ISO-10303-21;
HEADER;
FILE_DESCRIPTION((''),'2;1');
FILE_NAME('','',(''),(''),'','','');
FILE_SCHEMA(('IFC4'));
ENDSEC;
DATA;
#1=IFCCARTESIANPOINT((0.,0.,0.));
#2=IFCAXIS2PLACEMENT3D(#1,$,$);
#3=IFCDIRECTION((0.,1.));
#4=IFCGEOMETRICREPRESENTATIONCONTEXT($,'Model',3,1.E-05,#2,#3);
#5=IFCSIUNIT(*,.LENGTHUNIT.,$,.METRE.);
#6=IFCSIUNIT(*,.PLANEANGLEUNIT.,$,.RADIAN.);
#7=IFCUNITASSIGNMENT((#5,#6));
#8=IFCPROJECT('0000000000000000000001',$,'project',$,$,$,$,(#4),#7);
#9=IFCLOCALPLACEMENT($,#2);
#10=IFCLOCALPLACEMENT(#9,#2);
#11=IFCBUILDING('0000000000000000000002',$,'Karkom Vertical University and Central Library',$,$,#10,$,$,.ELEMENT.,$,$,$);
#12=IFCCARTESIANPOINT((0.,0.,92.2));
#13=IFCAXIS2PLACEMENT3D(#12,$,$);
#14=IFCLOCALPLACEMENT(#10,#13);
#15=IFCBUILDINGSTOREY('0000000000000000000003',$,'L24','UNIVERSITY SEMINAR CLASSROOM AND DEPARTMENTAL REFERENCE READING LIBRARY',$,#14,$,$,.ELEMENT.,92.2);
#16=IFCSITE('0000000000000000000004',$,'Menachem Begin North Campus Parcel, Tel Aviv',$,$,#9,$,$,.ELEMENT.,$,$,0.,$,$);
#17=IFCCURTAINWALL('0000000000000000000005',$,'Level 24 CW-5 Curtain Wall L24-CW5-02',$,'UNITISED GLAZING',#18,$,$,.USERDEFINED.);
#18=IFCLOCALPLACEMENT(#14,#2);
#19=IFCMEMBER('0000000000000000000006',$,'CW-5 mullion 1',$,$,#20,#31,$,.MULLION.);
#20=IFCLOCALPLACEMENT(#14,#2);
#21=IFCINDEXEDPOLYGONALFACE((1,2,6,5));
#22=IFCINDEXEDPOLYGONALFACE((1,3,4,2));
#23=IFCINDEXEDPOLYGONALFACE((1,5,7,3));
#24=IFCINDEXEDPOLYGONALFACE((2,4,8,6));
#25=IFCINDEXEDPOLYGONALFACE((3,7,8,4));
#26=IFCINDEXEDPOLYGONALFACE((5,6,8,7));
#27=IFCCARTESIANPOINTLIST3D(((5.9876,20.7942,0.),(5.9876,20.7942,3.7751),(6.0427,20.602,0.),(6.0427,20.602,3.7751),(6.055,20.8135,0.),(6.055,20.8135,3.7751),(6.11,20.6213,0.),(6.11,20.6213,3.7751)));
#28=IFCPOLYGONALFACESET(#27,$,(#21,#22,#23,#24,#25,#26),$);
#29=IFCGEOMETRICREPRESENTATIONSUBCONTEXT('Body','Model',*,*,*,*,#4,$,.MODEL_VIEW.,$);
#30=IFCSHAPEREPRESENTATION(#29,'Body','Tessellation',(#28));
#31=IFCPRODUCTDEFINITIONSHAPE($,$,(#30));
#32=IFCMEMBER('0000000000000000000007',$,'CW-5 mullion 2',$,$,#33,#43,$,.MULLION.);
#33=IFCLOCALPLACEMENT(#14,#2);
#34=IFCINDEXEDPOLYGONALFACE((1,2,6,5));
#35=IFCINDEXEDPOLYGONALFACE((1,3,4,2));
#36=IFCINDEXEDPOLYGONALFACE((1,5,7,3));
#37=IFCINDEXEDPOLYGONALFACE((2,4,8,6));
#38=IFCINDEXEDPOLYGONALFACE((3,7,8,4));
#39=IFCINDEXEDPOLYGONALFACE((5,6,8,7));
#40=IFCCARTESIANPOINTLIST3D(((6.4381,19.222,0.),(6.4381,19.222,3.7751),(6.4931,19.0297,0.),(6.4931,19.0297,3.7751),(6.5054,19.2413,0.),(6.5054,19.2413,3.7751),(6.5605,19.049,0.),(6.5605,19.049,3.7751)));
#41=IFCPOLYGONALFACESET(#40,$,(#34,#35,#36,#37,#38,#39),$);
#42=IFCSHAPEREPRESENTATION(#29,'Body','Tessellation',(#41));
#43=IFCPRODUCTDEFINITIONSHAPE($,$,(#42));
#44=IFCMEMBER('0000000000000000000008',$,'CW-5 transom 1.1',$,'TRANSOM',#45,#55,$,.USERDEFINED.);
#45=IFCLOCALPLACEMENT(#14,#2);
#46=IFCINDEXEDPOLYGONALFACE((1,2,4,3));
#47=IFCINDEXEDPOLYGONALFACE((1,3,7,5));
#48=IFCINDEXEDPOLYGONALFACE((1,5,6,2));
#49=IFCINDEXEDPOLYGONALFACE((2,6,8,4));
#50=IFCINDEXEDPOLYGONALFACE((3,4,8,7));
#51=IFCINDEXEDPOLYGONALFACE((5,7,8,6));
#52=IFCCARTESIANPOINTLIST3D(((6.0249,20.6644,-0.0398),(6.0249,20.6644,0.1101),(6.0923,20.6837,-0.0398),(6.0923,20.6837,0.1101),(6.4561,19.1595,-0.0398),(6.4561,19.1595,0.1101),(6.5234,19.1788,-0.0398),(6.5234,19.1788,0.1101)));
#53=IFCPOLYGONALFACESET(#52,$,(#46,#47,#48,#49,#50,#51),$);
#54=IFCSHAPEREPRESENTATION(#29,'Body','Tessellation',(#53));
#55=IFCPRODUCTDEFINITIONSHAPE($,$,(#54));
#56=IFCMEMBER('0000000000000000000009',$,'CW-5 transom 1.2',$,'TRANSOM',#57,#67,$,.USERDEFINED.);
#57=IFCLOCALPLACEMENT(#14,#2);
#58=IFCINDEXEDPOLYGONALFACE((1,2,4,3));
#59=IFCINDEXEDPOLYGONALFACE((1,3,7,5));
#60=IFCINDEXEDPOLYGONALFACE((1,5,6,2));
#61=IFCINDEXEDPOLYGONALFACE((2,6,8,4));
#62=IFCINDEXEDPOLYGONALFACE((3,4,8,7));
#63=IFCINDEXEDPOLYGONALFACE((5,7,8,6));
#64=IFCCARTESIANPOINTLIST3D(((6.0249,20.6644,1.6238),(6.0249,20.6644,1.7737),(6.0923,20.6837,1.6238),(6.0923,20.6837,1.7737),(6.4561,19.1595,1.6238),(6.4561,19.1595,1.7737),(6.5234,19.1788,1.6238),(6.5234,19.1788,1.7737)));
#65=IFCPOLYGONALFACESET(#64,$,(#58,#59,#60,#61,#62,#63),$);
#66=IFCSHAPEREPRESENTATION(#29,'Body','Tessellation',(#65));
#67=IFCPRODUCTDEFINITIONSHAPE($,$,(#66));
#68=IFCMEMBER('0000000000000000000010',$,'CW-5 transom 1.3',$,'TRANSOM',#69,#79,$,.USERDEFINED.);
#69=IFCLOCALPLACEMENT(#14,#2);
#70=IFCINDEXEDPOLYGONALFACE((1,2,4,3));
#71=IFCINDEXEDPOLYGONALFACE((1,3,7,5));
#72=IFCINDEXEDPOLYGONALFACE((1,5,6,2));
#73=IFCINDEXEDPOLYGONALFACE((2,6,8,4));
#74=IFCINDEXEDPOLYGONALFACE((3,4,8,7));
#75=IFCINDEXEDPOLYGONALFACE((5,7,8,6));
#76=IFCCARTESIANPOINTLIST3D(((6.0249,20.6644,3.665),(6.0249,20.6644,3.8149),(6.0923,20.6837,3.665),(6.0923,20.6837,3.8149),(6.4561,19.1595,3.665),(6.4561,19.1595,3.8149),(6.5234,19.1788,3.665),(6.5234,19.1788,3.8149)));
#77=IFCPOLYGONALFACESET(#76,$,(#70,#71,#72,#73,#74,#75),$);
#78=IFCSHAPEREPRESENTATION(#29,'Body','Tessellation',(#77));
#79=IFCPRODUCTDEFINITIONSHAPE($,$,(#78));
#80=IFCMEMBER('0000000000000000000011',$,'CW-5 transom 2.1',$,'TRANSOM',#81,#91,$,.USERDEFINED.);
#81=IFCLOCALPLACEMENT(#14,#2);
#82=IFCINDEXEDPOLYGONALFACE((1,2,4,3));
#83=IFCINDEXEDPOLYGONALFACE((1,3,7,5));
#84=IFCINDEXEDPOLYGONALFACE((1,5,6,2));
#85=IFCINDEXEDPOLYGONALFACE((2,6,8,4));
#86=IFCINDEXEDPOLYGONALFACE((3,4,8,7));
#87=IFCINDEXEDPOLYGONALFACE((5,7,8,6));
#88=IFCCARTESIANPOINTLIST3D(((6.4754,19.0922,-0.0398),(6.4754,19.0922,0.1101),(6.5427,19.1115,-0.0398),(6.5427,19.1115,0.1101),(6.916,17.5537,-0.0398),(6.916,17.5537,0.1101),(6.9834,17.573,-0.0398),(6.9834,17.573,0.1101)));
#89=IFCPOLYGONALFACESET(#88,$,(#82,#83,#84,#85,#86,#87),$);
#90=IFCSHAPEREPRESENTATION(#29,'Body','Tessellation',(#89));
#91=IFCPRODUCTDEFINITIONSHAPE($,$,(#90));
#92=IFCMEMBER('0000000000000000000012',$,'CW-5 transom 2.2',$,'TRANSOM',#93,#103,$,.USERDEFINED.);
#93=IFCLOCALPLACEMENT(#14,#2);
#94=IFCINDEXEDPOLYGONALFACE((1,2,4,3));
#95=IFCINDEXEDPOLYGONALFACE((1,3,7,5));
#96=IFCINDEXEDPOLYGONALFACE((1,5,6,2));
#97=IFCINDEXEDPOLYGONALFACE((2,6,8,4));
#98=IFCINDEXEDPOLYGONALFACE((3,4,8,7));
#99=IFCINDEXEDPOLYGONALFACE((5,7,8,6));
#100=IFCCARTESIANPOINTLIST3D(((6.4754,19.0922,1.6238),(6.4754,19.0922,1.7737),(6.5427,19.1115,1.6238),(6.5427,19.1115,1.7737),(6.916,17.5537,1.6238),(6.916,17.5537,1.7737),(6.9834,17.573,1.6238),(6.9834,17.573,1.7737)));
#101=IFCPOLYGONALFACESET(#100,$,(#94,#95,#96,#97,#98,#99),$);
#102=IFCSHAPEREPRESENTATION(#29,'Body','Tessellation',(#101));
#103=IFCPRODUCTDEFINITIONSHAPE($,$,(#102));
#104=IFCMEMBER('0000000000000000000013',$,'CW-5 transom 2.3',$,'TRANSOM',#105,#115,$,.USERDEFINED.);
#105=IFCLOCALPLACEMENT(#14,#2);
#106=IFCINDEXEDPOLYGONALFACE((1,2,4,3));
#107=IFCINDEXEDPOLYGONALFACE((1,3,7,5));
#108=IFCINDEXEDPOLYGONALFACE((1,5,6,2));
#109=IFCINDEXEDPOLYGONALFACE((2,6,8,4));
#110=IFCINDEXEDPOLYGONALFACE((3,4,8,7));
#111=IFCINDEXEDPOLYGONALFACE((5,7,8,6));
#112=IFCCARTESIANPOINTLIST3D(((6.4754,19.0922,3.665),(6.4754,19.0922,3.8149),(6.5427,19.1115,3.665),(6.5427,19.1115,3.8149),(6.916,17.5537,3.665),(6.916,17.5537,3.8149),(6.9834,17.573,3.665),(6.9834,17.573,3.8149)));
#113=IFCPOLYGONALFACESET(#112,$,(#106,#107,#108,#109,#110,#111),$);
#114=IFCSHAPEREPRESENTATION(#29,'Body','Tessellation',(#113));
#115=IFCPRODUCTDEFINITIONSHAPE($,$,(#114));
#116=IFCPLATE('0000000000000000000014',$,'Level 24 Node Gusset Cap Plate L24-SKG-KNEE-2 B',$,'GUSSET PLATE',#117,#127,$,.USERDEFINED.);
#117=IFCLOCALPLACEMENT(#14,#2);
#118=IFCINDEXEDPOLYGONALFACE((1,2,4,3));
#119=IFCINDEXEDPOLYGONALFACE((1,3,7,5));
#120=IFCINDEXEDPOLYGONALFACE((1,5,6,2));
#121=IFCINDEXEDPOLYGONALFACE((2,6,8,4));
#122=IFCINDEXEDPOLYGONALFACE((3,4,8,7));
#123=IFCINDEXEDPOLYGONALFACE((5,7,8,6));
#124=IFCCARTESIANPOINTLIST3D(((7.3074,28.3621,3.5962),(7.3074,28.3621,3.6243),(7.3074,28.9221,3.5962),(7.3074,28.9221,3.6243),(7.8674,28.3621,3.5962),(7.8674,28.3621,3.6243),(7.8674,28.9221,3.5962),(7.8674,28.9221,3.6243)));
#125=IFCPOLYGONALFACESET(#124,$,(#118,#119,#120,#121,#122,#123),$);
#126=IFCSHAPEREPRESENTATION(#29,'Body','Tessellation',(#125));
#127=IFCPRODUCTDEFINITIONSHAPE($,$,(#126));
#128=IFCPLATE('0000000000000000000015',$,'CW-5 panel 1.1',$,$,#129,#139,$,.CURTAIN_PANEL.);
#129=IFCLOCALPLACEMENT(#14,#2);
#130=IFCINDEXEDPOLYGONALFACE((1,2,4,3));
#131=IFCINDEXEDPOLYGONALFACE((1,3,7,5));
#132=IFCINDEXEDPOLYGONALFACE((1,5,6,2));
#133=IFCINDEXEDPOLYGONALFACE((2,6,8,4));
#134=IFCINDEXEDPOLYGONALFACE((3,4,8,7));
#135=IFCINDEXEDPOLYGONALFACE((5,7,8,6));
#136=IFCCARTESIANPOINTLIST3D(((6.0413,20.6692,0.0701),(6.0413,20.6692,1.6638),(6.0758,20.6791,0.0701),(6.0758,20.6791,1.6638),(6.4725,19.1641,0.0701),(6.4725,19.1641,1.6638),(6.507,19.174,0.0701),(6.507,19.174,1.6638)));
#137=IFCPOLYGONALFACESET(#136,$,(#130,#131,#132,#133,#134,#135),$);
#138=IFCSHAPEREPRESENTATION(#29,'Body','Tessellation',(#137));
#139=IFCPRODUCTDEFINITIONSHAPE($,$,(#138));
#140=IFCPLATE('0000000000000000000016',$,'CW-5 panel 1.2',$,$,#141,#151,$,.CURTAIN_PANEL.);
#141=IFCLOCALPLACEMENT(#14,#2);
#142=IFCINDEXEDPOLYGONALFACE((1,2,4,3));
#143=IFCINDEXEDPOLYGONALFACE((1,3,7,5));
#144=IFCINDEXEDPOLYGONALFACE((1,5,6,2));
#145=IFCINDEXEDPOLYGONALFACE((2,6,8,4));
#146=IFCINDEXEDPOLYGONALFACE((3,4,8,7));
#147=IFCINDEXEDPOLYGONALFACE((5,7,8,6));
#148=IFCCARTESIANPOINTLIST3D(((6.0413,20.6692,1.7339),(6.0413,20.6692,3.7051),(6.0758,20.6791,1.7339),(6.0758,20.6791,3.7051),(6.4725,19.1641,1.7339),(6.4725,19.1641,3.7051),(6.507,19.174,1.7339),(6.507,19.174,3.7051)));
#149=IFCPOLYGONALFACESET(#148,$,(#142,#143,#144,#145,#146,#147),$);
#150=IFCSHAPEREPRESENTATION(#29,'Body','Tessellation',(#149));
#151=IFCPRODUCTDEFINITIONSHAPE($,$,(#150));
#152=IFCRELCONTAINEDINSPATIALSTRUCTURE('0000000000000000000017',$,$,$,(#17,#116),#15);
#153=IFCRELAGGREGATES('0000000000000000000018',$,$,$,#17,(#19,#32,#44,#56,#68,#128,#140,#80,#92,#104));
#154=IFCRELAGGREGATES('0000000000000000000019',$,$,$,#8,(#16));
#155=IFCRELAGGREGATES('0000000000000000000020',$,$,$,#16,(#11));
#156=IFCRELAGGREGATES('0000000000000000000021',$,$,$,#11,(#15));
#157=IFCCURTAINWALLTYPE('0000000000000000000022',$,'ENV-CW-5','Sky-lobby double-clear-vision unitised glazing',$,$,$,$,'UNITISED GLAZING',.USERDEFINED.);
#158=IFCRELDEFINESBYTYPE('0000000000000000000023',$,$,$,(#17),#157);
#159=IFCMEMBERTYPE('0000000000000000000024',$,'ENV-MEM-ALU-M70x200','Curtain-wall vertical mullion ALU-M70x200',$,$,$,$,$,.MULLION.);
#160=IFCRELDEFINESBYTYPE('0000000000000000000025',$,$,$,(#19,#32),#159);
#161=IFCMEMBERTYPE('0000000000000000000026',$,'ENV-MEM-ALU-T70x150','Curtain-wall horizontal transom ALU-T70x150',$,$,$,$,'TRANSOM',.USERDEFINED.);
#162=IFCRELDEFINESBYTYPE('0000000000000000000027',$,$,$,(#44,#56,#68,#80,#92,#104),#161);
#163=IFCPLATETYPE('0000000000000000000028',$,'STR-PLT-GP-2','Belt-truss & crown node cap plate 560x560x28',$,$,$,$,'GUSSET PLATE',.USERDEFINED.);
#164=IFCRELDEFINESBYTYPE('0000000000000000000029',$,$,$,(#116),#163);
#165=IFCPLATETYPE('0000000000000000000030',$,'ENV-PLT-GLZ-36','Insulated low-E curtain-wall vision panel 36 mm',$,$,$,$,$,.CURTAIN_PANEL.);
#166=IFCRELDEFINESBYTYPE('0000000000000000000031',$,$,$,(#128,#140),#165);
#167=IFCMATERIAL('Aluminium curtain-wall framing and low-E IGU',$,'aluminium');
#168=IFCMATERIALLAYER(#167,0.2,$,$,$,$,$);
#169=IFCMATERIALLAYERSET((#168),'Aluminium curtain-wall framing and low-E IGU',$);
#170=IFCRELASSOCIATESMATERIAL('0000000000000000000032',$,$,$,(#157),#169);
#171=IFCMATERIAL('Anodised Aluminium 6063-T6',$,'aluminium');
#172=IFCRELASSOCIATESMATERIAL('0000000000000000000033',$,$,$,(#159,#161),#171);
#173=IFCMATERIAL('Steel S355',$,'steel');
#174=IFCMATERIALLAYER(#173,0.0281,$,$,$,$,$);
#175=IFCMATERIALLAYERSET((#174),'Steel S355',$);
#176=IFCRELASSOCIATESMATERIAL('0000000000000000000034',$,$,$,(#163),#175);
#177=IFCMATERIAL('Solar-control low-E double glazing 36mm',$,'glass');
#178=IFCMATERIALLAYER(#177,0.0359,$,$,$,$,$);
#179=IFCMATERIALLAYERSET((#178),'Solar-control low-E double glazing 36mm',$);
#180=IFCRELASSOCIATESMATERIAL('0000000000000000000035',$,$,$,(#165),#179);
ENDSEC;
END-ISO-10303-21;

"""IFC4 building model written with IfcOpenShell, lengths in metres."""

from ifc_helpers import new_model, si_unit, direction, frame, origin, origin_with_axes, origin_2d, place, context, subcontext, project, spatial, rectangle, extrude, source, transform, mapped, material, layer, layer_set, material_profile, profile_set, type_object, element, aggregate, save


model = new_model("IFC4")

# Units and contexts
model_context = context("Model", 3, precision=1e-05, world=origin(), true_north=direction((0.0, 1.0)))
body_context = subcontext(model_context, "Body", "Model", "MODEL_VIEW")
ifc_project = project(units=[si_unit("LENGTHUNIT", "METRE"), si_unit("PLANEANGLEUNIT", "RADIAN")], contexts=[model_context])

# Site, building, storey
site_placement = place(None, origin())
site = spatial("IfcSite", under=ifc_project, at=site_placement, Name="Menachem Begin North Campus Parcel, Tel Aviv", CompositionType="ELEMENT", RefElevation=0.0)
building_placement = place(site_placement, origin())
building = spatial("IfcBuilding", under=site, at=building_placement, Name="Karkom Vertical University and Central Library", CompositionType="ELEMENT")
storey_placement = place(building_placement, frame((0.0, 0.0, 92.2)))
storey = spatial("IfcBuildingStorey", under=building, at=storey_placement, Name="L24", Description="UNIVERSITY SEMINAR CLASSROOM AND DEPARTMENTAL REFERENCE READING LIBRARY", CompositionType="ELEMENT", Elevation=92.2)

# Curtain wall, members
ifc_material_1 = material(Name="Aluminium curtain-wall framing and low-E IGU", Category="aluminium")
ifc_layer_1 = layer(ifc_material_1, 0.2)
ifc_layer_set_1 = layer_set([ifc_layer_1], Name="Aluminium curtain-wall framing and low-E IGU")
curtain_wall_type = type_object("IfcCurtainWallType", Name="ENV-CW-5", Description="Sky-lobby double-clear-vision unitised glazing", ElementType="UNITISED GLAZING", PredefinedType="USERDEFINED", material=ifc_layer_set_1)
curtain_wall_placement = place(storey_placement, origin())
curtain_wall = element("IfcCurtainWall", 1, at=curtain_wall_placement, inside=storey, type_object=curtain_wall_type, Name="Level 24 CW-5 Curtain Wall L24-CW5-02", ObjectType="UNITISED GLAZING", PredefinedType="USERDEFINED")
ifc_material_2 = material(Name="Anodised Aluminium 6063-T6", Category="aluminium")
ifc_material_profile_1 = material_profile(ifc_material_2, rectangle(XDim=0.0701, YDim=0.2, at=origin_2d()), Name="ALU-M70x200")
ifc_profile_set_1 = profile_set([ifc_material_profile_1], Name="Anodised Aluminium 6063-T6")
member_type_1 = type_object("IfcMemberType", Name="ENV-MEM-ALU-M70x200", Description="Curtain-wall vertical mullion ALU-M70x200", PredefinedType="MULLION", material=ifc_profile_set_1)
shared_shape_1 = source(origin_with_axes(), body_context, "Body", "SweptSolid", [
    extrude(rectangle(XDim=0.0701, YDim=0.2, at=origin_2d()), origin(), (0.0, 0.0, 1.0), 3.7751),
])
member_1_placement = place(storey_placement, frame((6.0488, 20.7078, 0.0), z_axis=(0.0, 0.0, 1.0), x_axis=(0.961325, 0.275417, 0.0)))
member_1 = element("IfcMember", 2, at=member_1_placement, type_object=member_type_1, Name="CW-5 mullion 1", PredefinedType="MULLION", context=body_context, shape_type="MappedRepresentation", body=[
    mapped(shared_shape_1, transform((0.0, 0.0, 0.0), scale=1.0)),
])
member_2_placement = place(storey_placement, frame((6.4993, 19.1355, 0.0), z_axis=(0.0, 0.0, 1.0), x_axis=(0.961325, 0.275417, 0.0)))
member_2 = element("IfcMember", 3, at=member_2_placement, type_object=member_type_1, Name="CW-5 mullion 2", PredefinedType="MULLION", context=body_context, shape_type="MappedRepresentation", body=[
    mapped(shared_shape_1, transform((0.0, 0.0, 0.0), scale=1.0)),
])
ifc_material_profile_2 = material_profile(ifc_material_2, rectangle(XDim=0.0701, YDim=0.1499, at=origin_2d()), Name="ALU-T70x150")
ifc_profile_set_2 = profile_set([ifc_material_profile_2], Name="Anodised Aluminium 6063-T6")
member_type_2 = type_object("IfcMemberType", Name="ENV-MEM-ALU-T70x150", Description="Curtain-wall horizontal transom ALU-T70x150", ElementType="TRANSOM", PredefinedType="USERDEFINED", material=ifc_profile_set_2)
shared_shape_2 = source(origin_with_axes(), body_context, "Body", "SweptSolid", [
    extrude(rectangle(XDim=0.0701, YDim=0.1499, at=origin_2d()), origin(), (0.0, 0.0, 1.0), 1.5654),
])
member_3_placement = place(storey_placement, frame((6.0586, 20.6741, 0.0352), z_axis=(0.275421, -0.961324, 0.0), x_axis=(0.961324, 0.275421, 0.0)))
member_3 = element("IfcMember", 4, at=member_3_placement, type_object=member_type_2, Name="CW-5 transom 1.1", ObjectType="TRANSOM", PredefinedType="USERDEFINED", context=body_context, shape_type="MappedRepresentation", body=[
    mapped(shared_shape_2, transform((0.0, 0.0, 0.0), scale=1.0)),
])
member_4_placement = place(storey_placement, frame((6.0586, 20.6741, 1.6987), z_axis=(0.275421, -0.961324, 0.0), x_axis=(0.961324, 0.275421, 0.0)))
member_4 = element("IfcMember", 5, at=member_4_placement, type_object=member_type_2, Name="CW-5 transom 1.2", ObjectType="TRANSOM", PredefinedType="USERDEFINED", context=body_context, shape_type="MappedRepresentation", body=[
    mapped(shared_shape_2, transform((0.0, 0.0, 0.0), scale=1.0)),
])
member_5_placement = place(storey_placement, frame((6.0586, 20.6741, 3.74), z_axis=(0.275421, -0.961324, 0.0), x_axis=(0.961324, 0.275421, 0.0)))
member_5 = element("IfcMember", 6, at=member_5_placement, type_object=member_type_2, Name="CW-5 transom 1.3", ObjectType="TRANSOM", PredefinedType="USERDEFINED", context=body_context, shape_type="MappedRepresentation", body=[
    mapped(shared_shape_2, transform((0.0, 0.0, 0.0), scale=1.0)),
])
shared_shape_3 = source(origin_with_axes(), body_context, "Body", "SweptSolid", [
    extrude(rectangle(XDim=0.0701, YDim=0.1499, at=origin_2d()), origin(), (0.0, 0.0, 1.0), 1.6003),
])
member_6_placement = place(storey_placement, frame((6.509, 19.1018, 0.0352), z_axis=(0.275346, -0.961345, 0.0), x_axis=(0.961345, 0.275346, 0.0)))
member_6 = element("IfcMember", 7, at=member_6_placement, type_object=member_type_2, Name="CW-5 transom 2.1", ObjectType="TRANSOM", PredefinedType="USERDEFINED", context=body_context, shape_type="MappedRepresentation", body=[
    mapped(shared_shape_3, transform((0.0, 0.0, 0.0), scale=1.0)),
])
member_7_placement = place(storey_placement, frame((6.509, 19.1018, 1.6987), z_axis=(0.275346, -0.961345, 0.0), x_axis=(0.961345, 0.275346, 0.0)))
member_7 = element("IfcMember", 8, at=member_7_placement, type_object=member_type_2, Name="CW-5 transom 2.2", ObjectType="TRANSOM", PredefinedType="USERDEFINED", context=body_context, shape_type="MappedRepresentation", body=[
    mapped(shared_shape_3, transform((0.0, 0.0, 0.0), scale=1.0)),
])
member_8_placement = place(storey_placement, frame((6.509, 19.1018, 3.74), z_axis=(0.275346, -0.961345, 0.0), x_axis=(0.961345, 0.275346, 0.0)))
member_8 = element("IfcMember", 9, at=member_8_placement, type_object=member_type_2, Name="CW-5 transom 2.3", ObjectType="TRANSOM", PredefinedType="USERDEFINED", context=body_context, shape_type="MappedRepresentation", body=[
    mapped(shared_shape_3, transform((0.0, 0.0, 0.0), scale=1.0)),
])

# Plates
ifc_material_3 = material(Name="Steel S355", Category="steel")
ifc_layer_2 = layer(ifc_material_3, 0.0281)
ifc_layer_set_2 = layer_set([ifc_layer_2], Name="Steel S355")
plate_type_1 = type_object("IfcPlateType", Name="STR-PLT-GP-2", Description="Belt-truss & crown node cap plate 560x560x28", ElementType="GUSSET PLATE", PredefinedType="USERDEFINED", material=ifc_layer_set_2)
shared_shape_4 = source(origin_with_axes(), body_context, "Body", "SweptSolid", [
    extrude(rectangle(XDim=0.5601, YDim=0.5601, at=origin_2d()), origin(), (0.0, 0.0, 1.0), 0.0281),
])
plate_1_placement = place(storey_placement, frame((7.5874, 28.6421, 3.5962), z_axis=(0.0, 0.0, 1.0), x_axis=(1.0, 0.0, 0.0)))
element("IfcPlate", 10, at=plate_1_placement, inside=storey, type_object=plate_type_1, Name="Level 24 Node Gusset Cap Plate L24-SKG-KNEE-2 B", ObjectType="GUSSET PLATE", PredefinedType="USERDEFINED", context=body_context, shape_type="MappedRepresentation", body=[
    mapped(shared_shape_4, transform((0.0, 0.0, 0.0), scale=1.0)),
])
ifc_material_4 = material(Name="Solar-control low-E double glazing 36mm", Category="glass")
ifc_layer_3 = layer(ifc_material_4, 0.0359)
ifc_layer_set_3 = layer_set([ifc_layer_3], Name="Solar-control low-E double glazing 36mm")
plate_type_2 = type_object("IfcPlateType", Name="ENV-PLT-GLZ-36", Description="Insulated low-E curtain-wall vision panel 36 mm", PredefinedType="CURTAIN_PANEL", material=ifc_layer_set_3)
shared_shape_5 = source(origin_with_axes(), body_context, "Body", "SweptSolid", [
    extrude(rectangle(XDim=1.5657, YDim=0.0359, at=origin_2d()), origin(), (0.0, 0.0, 1.0), 1.5938),
])
plate_2_placement = place(storey_placement, frame((6.2742, 19.9216, 0.0701), z_axis=(0.0, 0.0, 1.0), x_axis=(0.275417, -0.961325, 0.0)))
plate_2 = element("IfcPlate", 11, at=plate_2_placement, type_object=plate_type_2, Name="CW-5 panel 1.1", PredefinedType="CURTAIN_PANEL", context=body_context, shape_type="MappedRepresentation", body=[
    mapped(shared_shape_5, transform((0.0, 0.0, 0.0), scale=1.0)),
])
shared_shape_6 = source(origin_with_axes(), body_context, "Body", "SweptSolid", [
    extrude(rectangle(XDim=1.5657, YDim=0.0359, at=origin_2d()), origin(), (0.0, 0.0, 1.0), 1.9712),
])
plate_3_placement = place(storey_placement, frame((6.2742, 19.9216, 1.7339), z_axis=(0.0, 0.0, 1.0), x_axis=(0.275417, -0.961325, 0.0)))
plate_3 = element("IfcPlate", 12, at=plate_3_placement, type_object=plate_type_2, Name="CW-5 panel 1.2", PredefinedType="CURTAIN_PANEL", context=body_context, shape_type="MappedRepresentation", body=[
    mapped(shared_shape_6, transform((0.0, 0.0, 0.0), scale=1.0)),
])
aggregate(curtain_wall, [member_1, member_2, member_3, member_4, member_5, plate_2, plate_3, member_6, member_7, member_8])

save(model, "model.ifc")
